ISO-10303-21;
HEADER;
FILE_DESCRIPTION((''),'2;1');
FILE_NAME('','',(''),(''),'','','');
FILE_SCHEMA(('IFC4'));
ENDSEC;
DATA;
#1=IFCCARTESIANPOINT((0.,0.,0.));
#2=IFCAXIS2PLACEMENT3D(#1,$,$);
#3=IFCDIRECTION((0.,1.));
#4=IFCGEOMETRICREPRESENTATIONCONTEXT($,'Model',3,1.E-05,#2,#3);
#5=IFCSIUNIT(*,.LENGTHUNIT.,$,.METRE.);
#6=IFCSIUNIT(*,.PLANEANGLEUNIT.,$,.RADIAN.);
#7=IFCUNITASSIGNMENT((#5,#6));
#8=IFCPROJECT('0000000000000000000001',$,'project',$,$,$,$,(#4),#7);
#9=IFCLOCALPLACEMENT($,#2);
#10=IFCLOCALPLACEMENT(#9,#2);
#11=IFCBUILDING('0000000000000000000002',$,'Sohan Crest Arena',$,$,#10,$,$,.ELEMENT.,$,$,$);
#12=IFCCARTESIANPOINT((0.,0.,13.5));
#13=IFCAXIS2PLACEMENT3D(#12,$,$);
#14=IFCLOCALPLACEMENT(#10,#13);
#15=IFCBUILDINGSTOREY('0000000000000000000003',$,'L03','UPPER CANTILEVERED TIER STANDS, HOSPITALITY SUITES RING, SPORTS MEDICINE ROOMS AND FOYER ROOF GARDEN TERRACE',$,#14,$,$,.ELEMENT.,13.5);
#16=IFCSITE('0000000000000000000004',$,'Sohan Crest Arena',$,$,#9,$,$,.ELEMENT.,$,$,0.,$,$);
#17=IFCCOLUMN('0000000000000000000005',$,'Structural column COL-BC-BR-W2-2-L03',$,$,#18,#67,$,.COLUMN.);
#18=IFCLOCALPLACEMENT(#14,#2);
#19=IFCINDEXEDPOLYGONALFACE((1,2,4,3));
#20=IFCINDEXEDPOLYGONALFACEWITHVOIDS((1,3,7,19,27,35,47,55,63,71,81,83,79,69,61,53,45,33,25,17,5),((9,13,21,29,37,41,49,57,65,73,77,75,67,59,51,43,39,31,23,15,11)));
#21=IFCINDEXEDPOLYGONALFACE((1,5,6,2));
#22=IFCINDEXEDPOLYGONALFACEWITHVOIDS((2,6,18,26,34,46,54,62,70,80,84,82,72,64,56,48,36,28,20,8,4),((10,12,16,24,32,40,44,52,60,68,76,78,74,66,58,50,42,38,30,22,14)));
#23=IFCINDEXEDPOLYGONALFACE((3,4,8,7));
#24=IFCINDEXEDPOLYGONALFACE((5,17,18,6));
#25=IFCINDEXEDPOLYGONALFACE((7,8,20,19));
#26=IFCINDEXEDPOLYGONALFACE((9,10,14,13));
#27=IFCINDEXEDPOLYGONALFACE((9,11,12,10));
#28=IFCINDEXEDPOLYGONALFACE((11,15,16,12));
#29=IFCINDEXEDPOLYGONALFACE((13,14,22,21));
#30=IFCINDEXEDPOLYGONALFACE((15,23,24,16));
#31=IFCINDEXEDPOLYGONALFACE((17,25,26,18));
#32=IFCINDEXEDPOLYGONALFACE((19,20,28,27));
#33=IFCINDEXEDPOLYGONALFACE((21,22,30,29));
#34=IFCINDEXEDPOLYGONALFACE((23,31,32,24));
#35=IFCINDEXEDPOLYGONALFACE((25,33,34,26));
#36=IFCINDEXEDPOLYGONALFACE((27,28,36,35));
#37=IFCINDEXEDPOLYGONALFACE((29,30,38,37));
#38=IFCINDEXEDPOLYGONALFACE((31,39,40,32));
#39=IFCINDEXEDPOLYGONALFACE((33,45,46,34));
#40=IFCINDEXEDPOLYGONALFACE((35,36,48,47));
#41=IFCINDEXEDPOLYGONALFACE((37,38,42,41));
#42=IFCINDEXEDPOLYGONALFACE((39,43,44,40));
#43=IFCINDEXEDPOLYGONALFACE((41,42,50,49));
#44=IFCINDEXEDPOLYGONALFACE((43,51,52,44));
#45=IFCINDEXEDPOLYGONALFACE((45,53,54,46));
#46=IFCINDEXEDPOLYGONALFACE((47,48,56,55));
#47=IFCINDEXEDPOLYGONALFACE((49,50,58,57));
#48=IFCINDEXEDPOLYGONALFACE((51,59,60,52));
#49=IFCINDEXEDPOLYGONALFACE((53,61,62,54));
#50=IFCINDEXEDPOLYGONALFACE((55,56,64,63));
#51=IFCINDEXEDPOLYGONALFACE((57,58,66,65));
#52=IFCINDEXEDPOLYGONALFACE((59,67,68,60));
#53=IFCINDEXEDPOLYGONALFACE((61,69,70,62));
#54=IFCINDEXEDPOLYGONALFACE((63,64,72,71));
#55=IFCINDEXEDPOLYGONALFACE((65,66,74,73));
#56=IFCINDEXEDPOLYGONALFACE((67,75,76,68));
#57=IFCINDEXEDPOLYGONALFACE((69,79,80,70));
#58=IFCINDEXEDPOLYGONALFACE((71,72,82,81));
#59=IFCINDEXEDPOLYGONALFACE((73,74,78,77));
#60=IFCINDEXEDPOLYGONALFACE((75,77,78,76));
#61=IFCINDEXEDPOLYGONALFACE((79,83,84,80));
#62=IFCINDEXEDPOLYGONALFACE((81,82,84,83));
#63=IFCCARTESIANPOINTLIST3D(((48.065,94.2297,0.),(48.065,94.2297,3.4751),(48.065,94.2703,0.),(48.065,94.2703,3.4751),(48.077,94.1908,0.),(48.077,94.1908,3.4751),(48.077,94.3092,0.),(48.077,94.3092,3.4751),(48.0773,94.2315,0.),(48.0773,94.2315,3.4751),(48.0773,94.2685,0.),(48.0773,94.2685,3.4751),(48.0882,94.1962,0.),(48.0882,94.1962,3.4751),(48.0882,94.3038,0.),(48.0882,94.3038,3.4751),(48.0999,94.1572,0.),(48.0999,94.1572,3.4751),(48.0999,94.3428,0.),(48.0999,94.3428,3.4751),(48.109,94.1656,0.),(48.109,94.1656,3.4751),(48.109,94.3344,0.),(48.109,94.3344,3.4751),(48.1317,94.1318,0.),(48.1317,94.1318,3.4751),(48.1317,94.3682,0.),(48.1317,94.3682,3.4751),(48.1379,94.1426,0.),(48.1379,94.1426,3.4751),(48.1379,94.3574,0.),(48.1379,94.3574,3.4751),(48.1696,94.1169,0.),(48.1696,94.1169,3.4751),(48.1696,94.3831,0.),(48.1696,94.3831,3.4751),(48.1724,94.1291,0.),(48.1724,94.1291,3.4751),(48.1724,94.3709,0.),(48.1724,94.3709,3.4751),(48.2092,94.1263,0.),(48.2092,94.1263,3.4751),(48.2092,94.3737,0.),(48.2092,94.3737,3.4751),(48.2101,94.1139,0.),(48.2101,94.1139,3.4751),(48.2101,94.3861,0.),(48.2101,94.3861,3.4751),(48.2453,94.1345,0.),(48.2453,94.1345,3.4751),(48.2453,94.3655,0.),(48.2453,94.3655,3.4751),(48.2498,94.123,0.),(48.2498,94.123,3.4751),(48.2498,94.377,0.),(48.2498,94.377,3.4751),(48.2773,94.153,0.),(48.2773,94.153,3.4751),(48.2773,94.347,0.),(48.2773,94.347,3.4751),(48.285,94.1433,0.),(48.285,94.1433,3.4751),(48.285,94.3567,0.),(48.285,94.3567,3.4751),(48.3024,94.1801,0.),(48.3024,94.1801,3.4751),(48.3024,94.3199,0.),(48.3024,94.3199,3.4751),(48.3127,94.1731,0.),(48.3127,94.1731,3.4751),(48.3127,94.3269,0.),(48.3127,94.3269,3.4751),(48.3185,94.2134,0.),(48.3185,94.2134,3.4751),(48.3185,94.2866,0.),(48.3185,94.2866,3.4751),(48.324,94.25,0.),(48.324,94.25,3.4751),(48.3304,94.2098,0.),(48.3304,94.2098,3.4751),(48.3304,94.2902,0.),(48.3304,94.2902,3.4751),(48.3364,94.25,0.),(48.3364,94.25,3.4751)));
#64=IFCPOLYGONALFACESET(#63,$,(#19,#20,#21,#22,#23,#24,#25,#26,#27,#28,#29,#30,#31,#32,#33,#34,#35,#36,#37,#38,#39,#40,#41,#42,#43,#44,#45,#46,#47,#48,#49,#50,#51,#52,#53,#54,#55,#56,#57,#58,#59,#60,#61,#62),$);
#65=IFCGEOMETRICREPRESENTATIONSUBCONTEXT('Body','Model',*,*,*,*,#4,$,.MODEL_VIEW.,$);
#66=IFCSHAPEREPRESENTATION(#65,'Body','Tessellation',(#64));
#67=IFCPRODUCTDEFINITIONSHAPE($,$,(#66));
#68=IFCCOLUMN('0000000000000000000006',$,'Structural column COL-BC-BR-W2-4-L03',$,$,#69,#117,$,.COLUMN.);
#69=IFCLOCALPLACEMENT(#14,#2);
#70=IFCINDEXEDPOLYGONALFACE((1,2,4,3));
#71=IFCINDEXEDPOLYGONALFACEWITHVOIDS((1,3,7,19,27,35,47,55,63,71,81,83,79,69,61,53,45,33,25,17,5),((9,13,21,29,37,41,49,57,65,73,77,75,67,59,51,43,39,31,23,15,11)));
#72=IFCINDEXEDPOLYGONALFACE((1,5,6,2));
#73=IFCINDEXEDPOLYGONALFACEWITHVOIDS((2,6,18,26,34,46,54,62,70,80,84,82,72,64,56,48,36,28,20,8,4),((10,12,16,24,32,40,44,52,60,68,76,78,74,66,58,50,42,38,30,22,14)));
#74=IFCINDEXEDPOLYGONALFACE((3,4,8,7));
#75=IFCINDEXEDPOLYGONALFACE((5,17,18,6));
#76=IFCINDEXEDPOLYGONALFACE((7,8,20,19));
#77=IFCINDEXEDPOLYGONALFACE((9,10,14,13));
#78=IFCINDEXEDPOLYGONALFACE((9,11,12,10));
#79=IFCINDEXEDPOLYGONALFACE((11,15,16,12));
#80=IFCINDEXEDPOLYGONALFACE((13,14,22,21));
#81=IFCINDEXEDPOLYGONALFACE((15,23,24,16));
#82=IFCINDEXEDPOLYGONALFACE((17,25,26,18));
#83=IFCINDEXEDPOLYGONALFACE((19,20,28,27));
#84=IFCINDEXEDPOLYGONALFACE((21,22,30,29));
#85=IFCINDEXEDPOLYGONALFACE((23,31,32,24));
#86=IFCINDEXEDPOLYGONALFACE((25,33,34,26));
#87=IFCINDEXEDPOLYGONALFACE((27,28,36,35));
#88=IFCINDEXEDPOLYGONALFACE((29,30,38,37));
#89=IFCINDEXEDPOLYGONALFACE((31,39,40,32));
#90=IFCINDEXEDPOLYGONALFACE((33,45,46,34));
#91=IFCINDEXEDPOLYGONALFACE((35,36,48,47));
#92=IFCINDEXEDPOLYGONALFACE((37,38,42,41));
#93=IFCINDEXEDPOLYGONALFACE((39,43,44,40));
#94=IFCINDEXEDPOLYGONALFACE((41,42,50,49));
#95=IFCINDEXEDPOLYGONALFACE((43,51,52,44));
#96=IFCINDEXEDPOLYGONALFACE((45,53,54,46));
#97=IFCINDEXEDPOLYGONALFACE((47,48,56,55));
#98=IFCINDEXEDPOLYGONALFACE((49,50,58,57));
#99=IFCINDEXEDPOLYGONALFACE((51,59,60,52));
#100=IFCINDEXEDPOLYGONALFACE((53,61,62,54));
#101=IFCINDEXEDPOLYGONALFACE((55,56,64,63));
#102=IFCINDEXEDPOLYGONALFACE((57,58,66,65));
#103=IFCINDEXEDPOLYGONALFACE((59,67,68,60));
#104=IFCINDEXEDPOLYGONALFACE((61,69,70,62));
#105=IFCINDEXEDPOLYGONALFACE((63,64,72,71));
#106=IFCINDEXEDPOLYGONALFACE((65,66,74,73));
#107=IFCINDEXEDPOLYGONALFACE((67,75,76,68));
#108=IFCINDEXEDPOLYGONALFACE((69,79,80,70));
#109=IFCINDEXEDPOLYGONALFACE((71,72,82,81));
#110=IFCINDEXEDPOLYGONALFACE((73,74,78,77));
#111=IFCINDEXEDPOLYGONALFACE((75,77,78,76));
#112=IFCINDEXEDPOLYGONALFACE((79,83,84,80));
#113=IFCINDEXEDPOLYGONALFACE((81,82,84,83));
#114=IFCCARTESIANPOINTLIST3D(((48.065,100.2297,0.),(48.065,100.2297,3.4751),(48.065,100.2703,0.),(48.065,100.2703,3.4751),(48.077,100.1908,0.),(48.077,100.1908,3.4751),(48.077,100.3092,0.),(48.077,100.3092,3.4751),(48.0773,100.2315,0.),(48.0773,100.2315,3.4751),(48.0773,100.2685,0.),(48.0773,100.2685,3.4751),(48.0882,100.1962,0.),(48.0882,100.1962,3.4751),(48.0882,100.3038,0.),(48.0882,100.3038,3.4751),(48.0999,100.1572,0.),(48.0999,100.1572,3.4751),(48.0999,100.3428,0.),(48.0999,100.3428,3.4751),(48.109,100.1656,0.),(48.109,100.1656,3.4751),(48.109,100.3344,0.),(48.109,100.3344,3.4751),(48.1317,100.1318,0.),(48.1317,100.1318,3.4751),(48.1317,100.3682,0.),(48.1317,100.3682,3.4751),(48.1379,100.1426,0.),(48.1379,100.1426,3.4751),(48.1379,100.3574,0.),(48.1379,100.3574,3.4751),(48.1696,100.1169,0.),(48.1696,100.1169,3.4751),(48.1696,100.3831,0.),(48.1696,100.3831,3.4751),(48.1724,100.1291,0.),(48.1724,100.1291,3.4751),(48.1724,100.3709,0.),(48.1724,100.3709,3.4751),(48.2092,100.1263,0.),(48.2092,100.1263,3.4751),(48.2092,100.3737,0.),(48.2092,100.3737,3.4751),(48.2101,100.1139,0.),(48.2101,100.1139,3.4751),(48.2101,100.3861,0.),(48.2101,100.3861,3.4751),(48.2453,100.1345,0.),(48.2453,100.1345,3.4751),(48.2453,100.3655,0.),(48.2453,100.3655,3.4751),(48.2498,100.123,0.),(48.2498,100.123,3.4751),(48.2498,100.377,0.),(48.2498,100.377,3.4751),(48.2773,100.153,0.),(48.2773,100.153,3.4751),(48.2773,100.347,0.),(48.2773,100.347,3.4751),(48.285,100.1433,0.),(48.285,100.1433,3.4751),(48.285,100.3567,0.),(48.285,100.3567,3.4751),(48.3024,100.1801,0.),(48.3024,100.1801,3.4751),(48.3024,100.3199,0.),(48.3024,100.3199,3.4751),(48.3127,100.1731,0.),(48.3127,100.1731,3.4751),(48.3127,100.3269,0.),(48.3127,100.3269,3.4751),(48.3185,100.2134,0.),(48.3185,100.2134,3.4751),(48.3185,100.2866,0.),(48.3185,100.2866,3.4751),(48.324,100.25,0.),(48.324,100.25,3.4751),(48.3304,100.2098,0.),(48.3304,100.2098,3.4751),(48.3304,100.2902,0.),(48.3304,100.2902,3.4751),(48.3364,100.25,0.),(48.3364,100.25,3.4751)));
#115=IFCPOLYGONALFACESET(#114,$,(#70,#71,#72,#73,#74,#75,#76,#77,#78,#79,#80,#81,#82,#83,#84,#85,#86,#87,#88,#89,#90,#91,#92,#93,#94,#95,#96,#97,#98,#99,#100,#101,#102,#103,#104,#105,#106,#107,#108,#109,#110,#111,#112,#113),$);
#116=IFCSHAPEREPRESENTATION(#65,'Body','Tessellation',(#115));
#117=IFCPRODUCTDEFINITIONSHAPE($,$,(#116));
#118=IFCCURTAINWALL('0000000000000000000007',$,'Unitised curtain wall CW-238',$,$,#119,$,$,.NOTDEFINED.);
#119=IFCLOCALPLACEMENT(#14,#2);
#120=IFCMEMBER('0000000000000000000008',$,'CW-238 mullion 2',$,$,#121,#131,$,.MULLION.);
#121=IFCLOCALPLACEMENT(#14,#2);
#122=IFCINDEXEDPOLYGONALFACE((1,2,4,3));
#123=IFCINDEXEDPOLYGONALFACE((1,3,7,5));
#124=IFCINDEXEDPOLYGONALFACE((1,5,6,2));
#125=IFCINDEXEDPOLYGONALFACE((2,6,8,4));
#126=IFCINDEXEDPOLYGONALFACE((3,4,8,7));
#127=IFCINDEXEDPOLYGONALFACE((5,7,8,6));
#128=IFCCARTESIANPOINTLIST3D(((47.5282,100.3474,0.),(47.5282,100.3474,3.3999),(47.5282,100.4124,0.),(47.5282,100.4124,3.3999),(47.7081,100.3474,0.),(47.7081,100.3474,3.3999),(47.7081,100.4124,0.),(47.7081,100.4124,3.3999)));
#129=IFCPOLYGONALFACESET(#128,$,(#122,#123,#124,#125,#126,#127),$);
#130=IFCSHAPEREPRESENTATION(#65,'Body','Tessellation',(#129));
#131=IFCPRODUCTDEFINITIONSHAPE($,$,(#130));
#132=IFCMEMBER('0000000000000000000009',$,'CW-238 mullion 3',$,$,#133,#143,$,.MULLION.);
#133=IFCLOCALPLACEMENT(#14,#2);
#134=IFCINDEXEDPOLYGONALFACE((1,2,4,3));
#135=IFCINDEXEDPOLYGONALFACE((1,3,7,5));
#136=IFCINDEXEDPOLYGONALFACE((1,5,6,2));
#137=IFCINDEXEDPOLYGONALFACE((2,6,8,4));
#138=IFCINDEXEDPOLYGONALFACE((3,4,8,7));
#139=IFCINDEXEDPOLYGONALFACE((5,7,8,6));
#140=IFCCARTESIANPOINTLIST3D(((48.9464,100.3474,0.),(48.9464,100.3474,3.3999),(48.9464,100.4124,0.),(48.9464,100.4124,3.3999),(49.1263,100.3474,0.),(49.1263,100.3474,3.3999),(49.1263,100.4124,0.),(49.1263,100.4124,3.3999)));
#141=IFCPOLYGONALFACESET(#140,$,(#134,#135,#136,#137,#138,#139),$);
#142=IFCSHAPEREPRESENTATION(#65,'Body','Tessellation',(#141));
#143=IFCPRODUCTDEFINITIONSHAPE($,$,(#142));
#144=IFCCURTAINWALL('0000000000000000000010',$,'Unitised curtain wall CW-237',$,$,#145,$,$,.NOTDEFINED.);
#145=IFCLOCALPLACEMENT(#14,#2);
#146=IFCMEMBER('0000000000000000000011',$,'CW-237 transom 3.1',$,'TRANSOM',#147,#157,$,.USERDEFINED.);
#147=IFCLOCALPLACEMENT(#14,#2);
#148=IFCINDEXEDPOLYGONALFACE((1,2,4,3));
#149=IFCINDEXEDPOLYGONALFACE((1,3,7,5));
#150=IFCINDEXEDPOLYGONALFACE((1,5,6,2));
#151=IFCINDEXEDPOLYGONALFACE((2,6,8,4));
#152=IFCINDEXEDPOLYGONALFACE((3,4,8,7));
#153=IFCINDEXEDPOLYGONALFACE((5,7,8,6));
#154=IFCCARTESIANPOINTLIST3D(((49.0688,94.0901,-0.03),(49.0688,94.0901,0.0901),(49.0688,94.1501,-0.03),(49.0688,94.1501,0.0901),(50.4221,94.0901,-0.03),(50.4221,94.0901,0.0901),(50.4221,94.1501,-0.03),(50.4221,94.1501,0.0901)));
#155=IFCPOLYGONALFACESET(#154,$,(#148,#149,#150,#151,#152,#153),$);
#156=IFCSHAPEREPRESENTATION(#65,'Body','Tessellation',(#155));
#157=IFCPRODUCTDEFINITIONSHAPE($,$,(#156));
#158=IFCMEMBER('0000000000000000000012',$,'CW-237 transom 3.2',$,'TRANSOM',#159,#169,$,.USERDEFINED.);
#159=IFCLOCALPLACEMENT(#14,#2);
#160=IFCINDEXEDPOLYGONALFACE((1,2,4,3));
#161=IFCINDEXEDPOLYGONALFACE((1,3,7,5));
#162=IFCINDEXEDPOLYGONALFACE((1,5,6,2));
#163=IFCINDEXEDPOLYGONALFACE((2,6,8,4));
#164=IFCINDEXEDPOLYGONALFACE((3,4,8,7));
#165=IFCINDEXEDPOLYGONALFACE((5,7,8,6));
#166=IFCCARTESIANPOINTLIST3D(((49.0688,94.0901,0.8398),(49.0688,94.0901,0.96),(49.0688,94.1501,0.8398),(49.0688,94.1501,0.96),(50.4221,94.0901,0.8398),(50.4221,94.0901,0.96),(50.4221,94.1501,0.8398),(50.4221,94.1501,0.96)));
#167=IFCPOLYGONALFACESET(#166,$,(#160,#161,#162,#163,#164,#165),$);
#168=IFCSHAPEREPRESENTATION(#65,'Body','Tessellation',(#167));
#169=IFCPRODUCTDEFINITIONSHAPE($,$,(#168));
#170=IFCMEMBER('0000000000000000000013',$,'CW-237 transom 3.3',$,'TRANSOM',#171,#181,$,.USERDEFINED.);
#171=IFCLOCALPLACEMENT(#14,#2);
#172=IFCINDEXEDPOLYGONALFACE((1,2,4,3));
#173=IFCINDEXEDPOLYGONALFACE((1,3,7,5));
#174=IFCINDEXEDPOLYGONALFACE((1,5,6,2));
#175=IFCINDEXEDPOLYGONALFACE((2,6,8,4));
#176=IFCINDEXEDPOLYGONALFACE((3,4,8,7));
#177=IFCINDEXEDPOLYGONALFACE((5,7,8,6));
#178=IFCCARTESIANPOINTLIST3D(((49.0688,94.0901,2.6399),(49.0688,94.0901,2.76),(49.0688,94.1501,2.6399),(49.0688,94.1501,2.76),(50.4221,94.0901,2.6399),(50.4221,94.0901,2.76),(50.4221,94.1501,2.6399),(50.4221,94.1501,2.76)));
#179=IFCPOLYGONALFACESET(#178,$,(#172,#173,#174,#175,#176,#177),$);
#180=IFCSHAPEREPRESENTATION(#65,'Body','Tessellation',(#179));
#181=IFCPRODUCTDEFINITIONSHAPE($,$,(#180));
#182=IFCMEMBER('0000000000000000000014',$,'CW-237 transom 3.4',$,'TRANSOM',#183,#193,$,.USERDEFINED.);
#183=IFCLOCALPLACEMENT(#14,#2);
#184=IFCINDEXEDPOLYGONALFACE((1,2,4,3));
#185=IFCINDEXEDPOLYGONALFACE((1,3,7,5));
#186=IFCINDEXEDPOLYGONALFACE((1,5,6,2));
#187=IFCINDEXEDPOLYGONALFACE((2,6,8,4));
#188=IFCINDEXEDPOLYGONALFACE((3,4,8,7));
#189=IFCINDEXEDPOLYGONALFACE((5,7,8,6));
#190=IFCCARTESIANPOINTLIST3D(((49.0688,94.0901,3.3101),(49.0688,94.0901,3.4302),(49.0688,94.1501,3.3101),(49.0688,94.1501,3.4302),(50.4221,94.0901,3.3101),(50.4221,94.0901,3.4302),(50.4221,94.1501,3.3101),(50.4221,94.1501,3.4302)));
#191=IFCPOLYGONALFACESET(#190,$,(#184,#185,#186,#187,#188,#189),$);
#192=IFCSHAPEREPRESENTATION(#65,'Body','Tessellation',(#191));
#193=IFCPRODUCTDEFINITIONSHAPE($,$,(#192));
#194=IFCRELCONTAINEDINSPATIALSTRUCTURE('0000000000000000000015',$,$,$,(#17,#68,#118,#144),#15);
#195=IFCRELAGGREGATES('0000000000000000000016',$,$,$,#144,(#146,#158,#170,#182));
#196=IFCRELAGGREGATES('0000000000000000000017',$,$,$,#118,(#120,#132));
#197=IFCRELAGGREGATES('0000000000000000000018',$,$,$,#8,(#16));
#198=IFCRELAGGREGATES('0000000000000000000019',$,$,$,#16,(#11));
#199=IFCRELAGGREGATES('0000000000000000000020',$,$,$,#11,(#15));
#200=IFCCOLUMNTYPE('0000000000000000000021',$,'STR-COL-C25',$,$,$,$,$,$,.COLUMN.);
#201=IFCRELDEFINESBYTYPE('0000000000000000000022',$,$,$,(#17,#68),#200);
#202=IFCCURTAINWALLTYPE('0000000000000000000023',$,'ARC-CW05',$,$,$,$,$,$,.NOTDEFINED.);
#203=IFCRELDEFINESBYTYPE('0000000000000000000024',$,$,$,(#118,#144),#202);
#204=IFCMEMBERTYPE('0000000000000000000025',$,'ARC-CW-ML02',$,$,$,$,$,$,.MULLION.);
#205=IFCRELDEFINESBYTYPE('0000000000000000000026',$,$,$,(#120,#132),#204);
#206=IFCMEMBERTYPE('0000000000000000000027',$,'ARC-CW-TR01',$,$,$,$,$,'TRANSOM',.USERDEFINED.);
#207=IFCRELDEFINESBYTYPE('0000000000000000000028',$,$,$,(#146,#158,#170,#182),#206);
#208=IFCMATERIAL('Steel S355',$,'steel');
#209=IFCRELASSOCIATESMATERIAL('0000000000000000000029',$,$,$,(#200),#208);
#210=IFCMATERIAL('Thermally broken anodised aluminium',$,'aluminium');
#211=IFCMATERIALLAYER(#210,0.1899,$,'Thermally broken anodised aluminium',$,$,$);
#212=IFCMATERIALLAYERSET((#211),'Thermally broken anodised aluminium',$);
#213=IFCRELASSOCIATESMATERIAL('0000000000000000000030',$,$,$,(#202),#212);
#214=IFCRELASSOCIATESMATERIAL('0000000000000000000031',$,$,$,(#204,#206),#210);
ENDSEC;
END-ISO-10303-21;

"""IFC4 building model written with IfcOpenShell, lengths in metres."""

from ifc_helpers import new_model, si_unit, direction, frame, origin, origin_2d, place, context, subcontext, project, spatial, rectangle, hollow_circle, extrude, material, layer, layer_set, material_profile, profile_set, type_object, element, aggregate, save


model = new_model("IFC4")

# Units and contexts
model_context = context("Model", 3, precision=1e-05, world=origin(), true_north=direction((0.0, 1.0)))
body_context = subcontext(model_context, "Body", "Model", "MODEL_VIEW")
ifc_project = project(units=[si_unit("LENGTHUNIT", "METRE"), si_unit("PLANEANGLEUNIT", "RADIAN")], contexts=[model_context])

# Site, building, storey
site_placement = place(None, origin())
site = spatial("IfcSite", under=ifc_project, at=site_placement, Name="Sohan Crest Arena", CompositionType="ELEMENT", RefElevation=0.0)
building_placement = place(site_placement, origin())
building = spatial("IfcBuilding", under=site, at=building_placement, Name="Sohan Crest Arena", CompositionType="ELEMENT")
storey_placement = place(building_placement, frame((0.0, 0.0, 13.5)))
storey = spatial("IfcBuildingStorey", under=building, at=storey_placement, Name="L03", Description="UPPER CANTILEVERED TIER STANDS, HOSPITALITY SUITES RING, SPORTS MEDICINE ROOMS AND FOYER ROOF GARDEN TERRACE", CompositionType="ELEMENT", Elevation=13.5)

# Columns
ifc_material_1 = material(Name="Steel S355", Category="steel")
ifc_material_profile_1 = material_profile(ifc_material_1, hollow_circle(Radius=0.1365, WallThickness=0.0125, at=origin_2d()), Name="CHS 273x12.5")
ifc_profile_set_1 = profile_set([ifc_material_profile_1], Name="Steel S355")
column_type = type_object("IfcColumnType", Name="STR-COL-C25", PredefinedType="COLUMN", material=ifc_profile_set_1)
for number, where, z_axis, x_axis, name in (
    (1, (48.2, 94.25, 0.0), (0.0, 0.0, 1.0), (1.0, 0.0, 0.0), "Structural column COL-BC-BR-W2-2-L03"),
    (2, (48.2, 100.25, 0.0), (0.0, 0.0, 1.0), (1.0, 0.0, 0.0), "Structural column COL-BC-BR-W2-4-L03"),
):
    element("IfcColumn", number, at=place(storey_placement, frame(where, z_axis=z_axis, x_axis=x_axis)), inside=storey, type_object=column_type, Name=name, PredefinedType="COLUMN", context=body_context, shape_type="SweptSolid", body=[
        extrude(hollow_circle(Radius=0.1365, WallThickness=0.0125, at=origin_2d()), origin(), (0.0, 0.0, 1.0), 3.4751),
    ])

# Curtain walls, members
ifc_material_2 = material(Name="Thermally broken anodised aluminium", Category="aluminium")
ifc_layer_1 = layer(ifc_material_2, 0.1899, Name="Thermally broken anodised aluminium")
ifc_layer_set_1 = layer_set([ifc_layer_1], Name="Thermally broken anodised aluminium")
curtain_wall_type = type_object("IfcCurtainWallType", Name="ARC-CW05", PredefinedType="NOTDEFINED", material=ifc_layer_set_1)
curtain_wall_1_placement = place(storey_placement, origin())
curtain_wall_1 = element("IfcCurtainWall", 3, at=curtain_wall_1_placement, inside=storey, type_object=curtain_wall_type, Name="Unitised curtain wall CW-238", PredefinedType="NOTDEFINED")
ifc_material_profile_2 = material_profile(ifc_material_2, rectangle(XDim=0.0649, YDim=0.1799, at=origin_2d()), Name="ALU-MULL 65x180")
ifc_profile_set_2 = profile_set([ifc_material_profile_2], Name="Thermally broken anodised aluminium")
member_type_1 = type_object("IfcMemberType", Name="ARC-CW-ML02", PredefinedType="MULLION", material=ifc_profile_set_2)
member_1_placement = place(storey_placement, frame((47.6182, 100.3799, 0.0), z_axis=(0.0, 0.0, 1.0), x_axis=(0.0, 1.0, 0.0)))
member_1 = element("IfcMember", 4, at=member_1_placement, type_object=member_type_1, Name="CW-238 mullion 2", PredefinedType="MULLION", context=body_context, shape_type="SweptSolid", body=[
    extrude(rectangle(XDim=0.0649, YDim=0.1799, at=origin_2d()), origin(), (0.0, 0.0, 1.0), 3.3999),
])
member_2_placement = place(storey_placement, frame((49.0364, 100.3799, 0.0), z_axis=(0.0, 0.0, 1.0), x_axis=(0.0, 1.0, 0.0)))
member_2 = element("IfcMember", 5, at=member_2_placement, type_object=member_type_1, Name="CW-238 mullion 3", PredefinedType="MULLION", context=body_context, shape_type="SweptSolid", body=[
    extrude(rectangle(XDim=0.0649, YDim=0.1799, at=origin_2d()), origin(), (0.0, 0.0, 1.0), 3.3999),
])
curtain_wall_2_placement = place(storey_placement, origin())
curtain_wall_2 = element("IfcCurtainWall", 6, at=curtain_wall_2_placement, inside=storey, type_object=curtain_wall_type, Name="Unitised curtain wall CW-237", PredefinedType="NOTDEFINED")
ifc_material_profile_3 = material_profile(ifc_material_2, rectangle(XDim=0.0601, YDim=0.1201, at=origin_2d()), Name="ALU-TRAN 60x120")
ifc_profile_set_3 = profile_set([ifc_material_profile_3], Name="Thermally broken anodised aluminium")
member_type_2 = type_object("IfcMemberType", Name="ARC-CW-TR01", ElementType="TRANSOM", PredefinedType="USERDEFINED", material=ifc_profile_set_3)
member_3_placement = place(storey_placement, frame((49.0688, 94.1201, 0.03), z_axis=(1.0, 0.0, 0.0), x_axis=(0.0, 1.0, 0.0)))
member_3 = element("IfcMember", 7, at=member_3_placement, type_object=member_type_2, Name="CW-237 transom 3.1", ObjectType="TRANSOM", PredefinedType="USERDEFINED", context=body_context, shape_type="SweptSolid", body=[
    extrude(rectangle(XDim=0.0601, YDim=0.1201, at=origin_2d()), origin(), (0.0, 0.0, 1.0), 1.3533),
])
member_4_placement = place(storey_placement, frame((49.0688, 94.1201, 0.8999), z_axis=(1.0, 0.0, 0.0), x_axis=(0.0, 1.0, 0.0)))
member_4 = element("IfcMember", 8, at=member_4_placement, type_object=member_type_2, Name="CW-237 transom 3.2", ObjectType="TRANSOM", PredefinedType="USERDEFINED", context=body_context, shape_type="SweptSolid", body=[
    extrude(rectangle(XDim=0.0601, YDim=0.1201, at=origin_2d()), origin(), (0.0, 0.0, 1.0), 1.3533),
])
member_5_placement = place(storey_placement, frame((49.0688, 94.1201, 2.7), z_axis=(1.0, 0.0, 0.0), x_axis=(0.0, 1.0, 0.0)))
member_5 = element("IfcMember", 9, at=member_5_placement, type_object=member_type_2, Name="CW-237 transom 3.3", ObjectType="TRANSOM", PredefinedType="USERDEFINED", context=body_context, shape_type="SweptSolid", body=[
    extrude(rectangle(XDim=0.0601, YDim=0.1201, at=origin_2d()), origin(), (0.0, 0.0, 1.0), 1.3533),
])
member_6_placement = place(storey_placement, frame((49.0688, 94.1201, 3.3701), z_axis=(1.0, 0.0, 0.0), x_axis=(0.0, 1.0, 0.0)))
member_6 = element("IfcMember", 10, at=member_6_placement, type_object=member_type_2, Name="CW-237 transom 3.4", ObjectType="TRANSOM", PredefinedType="USERDEFINED", context=body_context, shape_type="SweptSolid", body=[
    extrude(rectangle(XDim=0.0601, YDim=0.1201, at=origin_2d()), origin(), (0.0, 0.0, 1.0), 1.3533),
])

aggregate(curtain_wall_2, [member_3, member_4, member_5, member_6])
aggregate(curtain_wall_1, [member_1, member_2])

save(model, "model.ifc")
